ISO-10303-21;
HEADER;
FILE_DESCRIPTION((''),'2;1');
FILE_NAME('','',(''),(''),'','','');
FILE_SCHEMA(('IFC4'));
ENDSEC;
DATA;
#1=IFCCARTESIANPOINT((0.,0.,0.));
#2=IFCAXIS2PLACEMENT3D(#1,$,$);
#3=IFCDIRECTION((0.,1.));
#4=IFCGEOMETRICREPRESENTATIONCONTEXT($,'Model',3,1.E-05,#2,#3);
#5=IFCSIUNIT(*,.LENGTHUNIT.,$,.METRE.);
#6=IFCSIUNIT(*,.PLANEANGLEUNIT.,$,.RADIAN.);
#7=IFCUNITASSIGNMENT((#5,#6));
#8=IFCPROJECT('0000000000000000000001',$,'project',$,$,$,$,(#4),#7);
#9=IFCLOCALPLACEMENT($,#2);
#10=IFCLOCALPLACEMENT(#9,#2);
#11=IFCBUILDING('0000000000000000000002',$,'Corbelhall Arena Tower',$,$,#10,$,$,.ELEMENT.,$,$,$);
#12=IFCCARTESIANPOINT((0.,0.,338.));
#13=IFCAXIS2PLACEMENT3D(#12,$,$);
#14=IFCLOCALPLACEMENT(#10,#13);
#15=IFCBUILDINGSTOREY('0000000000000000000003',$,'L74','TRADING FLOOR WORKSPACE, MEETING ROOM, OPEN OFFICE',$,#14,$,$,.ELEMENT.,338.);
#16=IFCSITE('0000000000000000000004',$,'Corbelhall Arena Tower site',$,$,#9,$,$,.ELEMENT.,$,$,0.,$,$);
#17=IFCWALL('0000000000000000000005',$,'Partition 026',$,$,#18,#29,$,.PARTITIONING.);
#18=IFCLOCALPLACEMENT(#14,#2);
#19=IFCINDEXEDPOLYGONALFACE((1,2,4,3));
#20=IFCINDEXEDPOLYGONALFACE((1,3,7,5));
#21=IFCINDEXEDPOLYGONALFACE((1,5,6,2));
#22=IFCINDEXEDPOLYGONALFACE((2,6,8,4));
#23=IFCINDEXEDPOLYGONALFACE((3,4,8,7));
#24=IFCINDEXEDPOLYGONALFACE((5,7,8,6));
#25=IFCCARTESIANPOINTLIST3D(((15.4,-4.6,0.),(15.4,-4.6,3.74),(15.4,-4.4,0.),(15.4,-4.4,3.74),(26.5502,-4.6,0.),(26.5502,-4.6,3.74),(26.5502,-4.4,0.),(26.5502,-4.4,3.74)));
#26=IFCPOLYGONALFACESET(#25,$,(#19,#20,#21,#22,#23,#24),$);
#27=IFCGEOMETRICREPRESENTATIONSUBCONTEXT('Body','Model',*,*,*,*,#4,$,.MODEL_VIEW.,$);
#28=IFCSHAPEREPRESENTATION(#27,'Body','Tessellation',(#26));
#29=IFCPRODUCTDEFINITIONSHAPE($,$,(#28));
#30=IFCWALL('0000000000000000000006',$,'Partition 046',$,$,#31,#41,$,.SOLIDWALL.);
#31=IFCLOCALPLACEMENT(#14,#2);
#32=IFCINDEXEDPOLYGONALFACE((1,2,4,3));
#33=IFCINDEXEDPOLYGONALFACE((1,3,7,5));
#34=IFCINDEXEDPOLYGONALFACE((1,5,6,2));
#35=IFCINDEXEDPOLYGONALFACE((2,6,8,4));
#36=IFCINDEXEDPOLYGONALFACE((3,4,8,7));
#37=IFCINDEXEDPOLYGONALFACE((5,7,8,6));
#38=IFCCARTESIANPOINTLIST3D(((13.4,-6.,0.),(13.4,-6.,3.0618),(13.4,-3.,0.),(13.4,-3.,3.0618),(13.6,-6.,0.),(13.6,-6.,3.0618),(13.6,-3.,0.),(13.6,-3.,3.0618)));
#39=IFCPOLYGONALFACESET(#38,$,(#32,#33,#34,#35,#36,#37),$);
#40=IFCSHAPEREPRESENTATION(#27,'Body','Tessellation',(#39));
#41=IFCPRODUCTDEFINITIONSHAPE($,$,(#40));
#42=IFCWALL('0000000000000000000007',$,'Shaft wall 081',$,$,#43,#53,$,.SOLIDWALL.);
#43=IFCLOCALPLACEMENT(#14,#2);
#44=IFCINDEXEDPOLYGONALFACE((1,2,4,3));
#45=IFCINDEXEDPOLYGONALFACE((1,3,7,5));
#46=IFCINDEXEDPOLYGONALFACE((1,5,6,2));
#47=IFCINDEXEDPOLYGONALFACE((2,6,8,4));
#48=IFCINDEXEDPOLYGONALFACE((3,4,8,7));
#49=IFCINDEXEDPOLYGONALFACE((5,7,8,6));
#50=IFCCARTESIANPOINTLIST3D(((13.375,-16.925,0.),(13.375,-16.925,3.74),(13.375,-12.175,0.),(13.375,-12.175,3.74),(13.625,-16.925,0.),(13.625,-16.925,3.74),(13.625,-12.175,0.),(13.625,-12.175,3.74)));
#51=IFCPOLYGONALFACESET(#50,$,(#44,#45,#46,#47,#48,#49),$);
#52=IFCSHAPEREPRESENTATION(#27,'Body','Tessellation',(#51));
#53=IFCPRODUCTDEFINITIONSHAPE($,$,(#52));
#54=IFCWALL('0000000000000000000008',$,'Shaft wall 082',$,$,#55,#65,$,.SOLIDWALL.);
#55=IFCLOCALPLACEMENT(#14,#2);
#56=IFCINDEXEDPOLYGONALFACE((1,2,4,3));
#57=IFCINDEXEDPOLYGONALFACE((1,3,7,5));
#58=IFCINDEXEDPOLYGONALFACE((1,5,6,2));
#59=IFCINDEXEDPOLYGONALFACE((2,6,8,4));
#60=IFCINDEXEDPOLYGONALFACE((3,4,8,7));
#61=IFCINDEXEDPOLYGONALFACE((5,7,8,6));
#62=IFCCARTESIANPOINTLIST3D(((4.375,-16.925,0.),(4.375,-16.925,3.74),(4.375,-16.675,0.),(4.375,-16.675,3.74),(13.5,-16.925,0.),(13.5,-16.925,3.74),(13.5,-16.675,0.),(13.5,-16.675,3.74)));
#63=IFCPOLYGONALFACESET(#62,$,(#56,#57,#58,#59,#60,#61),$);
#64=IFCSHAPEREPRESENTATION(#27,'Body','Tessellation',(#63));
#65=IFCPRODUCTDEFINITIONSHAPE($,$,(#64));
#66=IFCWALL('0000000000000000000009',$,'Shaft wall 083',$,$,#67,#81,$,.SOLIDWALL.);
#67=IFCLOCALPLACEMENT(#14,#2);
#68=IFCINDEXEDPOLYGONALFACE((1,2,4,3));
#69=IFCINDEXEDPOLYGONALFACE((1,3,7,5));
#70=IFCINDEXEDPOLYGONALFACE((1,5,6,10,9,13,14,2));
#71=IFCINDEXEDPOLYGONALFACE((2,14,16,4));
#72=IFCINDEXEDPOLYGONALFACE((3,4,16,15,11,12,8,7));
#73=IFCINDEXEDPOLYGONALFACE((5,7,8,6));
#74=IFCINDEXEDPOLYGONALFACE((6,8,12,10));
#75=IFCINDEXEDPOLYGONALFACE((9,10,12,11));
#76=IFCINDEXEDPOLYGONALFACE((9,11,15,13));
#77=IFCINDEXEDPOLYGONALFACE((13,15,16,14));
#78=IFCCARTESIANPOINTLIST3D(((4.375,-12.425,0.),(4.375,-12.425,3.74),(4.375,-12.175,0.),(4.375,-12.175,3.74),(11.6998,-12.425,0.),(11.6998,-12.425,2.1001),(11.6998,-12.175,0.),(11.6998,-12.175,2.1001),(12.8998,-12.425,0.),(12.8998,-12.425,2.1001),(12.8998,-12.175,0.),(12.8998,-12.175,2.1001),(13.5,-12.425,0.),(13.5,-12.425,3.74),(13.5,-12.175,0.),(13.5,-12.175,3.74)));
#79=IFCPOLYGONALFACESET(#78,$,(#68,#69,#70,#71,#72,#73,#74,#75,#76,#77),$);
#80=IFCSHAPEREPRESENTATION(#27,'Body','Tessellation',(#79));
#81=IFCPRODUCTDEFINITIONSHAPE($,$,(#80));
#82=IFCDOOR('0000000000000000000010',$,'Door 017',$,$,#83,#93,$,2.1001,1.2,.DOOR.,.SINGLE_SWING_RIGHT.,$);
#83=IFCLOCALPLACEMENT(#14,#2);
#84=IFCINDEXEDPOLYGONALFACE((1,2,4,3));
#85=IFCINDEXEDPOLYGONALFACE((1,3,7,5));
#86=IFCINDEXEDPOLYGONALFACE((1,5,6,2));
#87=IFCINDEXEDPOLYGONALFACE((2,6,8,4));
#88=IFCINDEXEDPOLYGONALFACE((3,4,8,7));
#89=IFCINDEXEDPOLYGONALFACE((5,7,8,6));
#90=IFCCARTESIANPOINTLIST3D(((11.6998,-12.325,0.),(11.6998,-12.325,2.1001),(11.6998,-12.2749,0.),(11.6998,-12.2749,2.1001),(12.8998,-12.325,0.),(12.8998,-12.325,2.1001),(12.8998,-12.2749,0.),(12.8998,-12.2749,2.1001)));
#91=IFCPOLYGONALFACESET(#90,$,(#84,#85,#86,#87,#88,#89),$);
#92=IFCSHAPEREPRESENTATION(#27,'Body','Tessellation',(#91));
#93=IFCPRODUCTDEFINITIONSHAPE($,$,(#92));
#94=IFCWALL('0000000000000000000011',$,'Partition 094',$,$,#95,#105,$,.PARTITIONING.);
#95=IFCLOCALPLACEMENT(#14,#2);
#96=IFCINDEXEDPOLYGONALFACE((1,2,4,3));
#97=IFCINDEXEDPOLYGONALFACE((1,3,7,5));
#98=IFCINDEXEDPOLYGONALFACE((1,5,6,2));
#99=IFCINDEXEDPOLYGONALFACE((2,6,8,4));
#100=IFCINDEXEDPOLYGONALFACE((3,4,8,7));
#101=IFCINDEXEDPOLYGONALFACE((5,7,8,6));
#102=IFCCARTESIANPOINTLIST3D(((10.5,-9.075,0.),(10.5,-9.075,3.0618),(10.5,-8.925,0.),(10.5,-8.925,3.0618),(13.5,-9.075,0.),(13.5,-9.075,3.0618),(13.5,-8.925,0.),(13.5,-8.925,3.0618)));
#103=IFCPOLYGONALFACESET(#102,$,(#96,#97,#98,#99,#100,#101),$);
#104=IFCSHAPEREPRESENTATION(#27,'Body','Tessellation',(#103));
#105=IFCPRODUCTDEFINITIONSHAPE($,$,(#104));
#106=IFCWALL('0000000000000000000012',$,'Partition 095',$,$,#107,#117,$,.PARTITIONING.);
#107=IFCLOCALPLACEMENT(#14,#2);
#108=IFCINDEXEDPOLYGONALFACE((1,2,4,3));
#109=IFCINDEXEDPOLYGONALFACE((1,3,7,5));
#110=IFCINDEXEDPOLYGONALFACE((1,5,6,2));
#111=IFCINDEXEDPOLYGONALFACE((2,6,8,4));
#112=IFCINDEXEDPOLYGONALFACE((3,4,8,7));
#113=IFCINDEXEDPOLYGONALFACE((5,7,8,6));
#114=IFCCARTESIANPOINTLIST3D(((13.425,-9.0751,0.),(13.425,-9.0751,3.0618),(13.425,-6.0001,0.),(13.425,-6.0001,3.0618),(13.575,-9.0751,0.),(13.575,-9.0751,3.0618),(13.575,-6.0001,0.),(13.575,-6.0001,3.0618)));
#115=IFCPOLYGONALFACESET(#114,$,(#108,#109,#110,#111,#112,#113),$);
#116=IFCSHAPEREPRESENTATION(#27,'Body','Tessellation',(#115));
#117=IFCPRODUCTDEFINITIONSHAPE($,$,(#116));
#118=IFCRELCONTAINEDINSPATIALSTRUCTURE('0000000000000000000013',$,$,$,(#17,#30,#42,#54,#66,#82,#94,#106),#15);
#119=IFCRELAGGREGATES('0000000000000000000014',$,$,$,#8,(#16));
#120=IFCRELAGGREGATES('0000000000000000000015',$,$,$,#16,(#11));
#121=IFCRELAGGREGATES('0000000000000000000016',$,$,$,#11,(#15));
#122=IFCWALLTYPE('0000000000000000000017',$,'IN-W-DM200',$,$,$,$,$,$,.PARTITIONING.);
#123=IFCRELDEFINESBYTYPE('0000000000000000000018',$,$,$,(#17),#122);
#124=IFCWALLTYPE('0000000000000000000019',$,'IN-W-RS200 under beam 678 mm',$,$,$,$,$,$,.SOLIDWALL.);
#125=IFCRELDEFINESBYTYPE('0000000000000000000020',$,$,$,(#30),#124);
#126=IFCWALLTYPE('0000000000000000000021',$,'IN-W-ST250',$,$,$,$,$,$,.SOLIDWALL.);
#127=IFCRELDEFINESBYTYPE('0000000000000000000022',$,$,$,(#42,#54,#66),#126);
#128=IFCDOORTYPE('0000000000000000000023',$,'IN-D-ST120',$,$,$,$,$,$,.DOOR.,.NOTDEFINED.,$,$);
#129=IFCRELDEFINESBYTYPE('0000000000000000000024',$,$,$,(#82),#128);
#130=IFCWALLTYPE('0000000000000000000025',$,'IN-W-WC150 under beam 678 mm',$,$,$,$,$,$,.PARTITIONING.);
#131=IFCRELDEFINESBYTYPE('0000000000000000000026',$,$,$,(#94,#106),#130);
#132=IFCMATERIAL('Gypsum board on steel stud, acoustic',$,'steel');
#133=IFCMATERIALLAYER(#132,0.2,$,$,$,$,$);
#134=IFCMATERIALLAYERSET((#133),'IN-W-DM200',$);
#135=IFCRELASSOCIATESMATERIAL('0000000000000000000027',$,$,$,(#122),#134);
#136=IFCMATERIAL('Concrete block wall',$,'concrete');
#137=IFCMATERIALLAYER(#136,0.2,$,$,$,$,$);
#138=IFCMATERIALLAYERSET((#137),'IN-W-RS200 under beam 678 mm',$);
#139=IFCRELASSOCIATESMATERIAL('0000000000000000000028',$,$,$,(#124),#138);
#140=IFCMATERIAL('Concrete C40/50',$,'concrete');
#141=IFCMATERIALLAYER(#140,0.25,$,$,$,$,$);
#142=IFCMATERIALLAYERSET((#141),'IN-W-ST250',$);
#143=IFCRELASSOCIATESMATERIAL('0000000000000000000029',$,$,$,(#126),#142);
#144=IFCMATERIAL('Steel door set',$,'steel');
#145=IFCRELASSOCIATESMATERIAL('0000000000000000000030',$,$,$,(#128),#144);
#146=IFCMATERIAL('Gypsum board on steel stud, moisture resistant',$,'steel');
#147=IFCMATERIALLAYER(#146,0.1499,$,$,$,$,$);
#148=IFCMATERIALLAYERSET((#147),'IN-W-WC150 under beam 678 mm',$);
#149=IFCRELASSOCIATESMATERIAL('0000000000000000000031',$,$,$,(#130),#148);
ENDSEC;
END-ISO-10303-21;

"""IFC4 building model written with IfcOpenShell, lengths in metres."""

from ifc_helpers import new_model, si_unit, direction, frame, frame_2d, origin, place, context, subcontext, project, spatial, rectangle, extrude, material, layer, layer_set, type_object, element, fill, save


model = new_model("IFC4")

# Units and contexts
model_context = context("Model", 3, precision=1e-05, world=origin(), true_north=direction((0.0, 1.0)))
body_context = subcontext(model_context, "Body", "Model", "MODEL_VIEW")
ifc_project = project(units=[si_unit("LENGTHUNIT", "METRE"), si_unit("PLANEANGLEUNIT", "RADIAN")], contexts=[model_context])

# Site, building, storey
site_placement = place(None, origin())
site = spatial("IfcSite", under=ifc_project, at=site_placement, Name="Corbelhall Arena Tower site", CompositionType="ELEMENT", RefElevation=0.0)
building_placement = place(site_placement, origin())
building = spatial("IfcBuilding", under=site, at=building_placement, Name="Corbelhall Arena Tower", CompositionType="ELEMENT")
storey_placement = place(building_placement, frame((0.0, 0.0, 338.0)))
storey = spatial("IfcBuildingStorey", under=building, at=storey_placement, Name="L74", Description="TRADING FLOOR WORKSPACE, MEETING ROOM, OPEN OFFICE", CompositionType="ELEMENT", Elevation=338.0)

# Walls
ifc_material_1 = material(Name="Gypsum board on steel stud, acoustic", Category="steel")
ifc_layer_1 = layer(ifc_material_1, 0.2)
ifc_layer_set_1 = layer_set([ifc_layer_1], Name="IN-W-DM200")
wall_type_1 = type_object("IfcWallType", Name="IN-W-DM200", PredefinedType="PARTITIONING", material=ifc_layer_set_1)
for number, where, z_axis, x_axis, name in (
    (1, (15.3999, -4.5, 0.0), (0.0, 0.0, 1.0), (1.0, 0.0, 0.0), "Partition 026"),
):
    element("IfcWall", number, at=place(storey_placement, frame(where, z_axis=z_axis, x_axis=x_axis)), inside=storey, type_object=wall_type_1, Name=name, PredefinedType="PARTITIONING", context=body_context, shape_type="SweptSolid", body=[
        extrude(rectangle(XDim=11.1501, YDim=0.2, at=frame_2d((5.5752, 0.0))), origin(), (0.0, 0.0, 1.0), 3.74),
    ])
ifc_material_2 = material(Name="Concrete block wall", Category="concrete")
ifc_layer_2 = layer(ifc_material_2, 0.2)
ifc_layer_set_2 = layer_set([ifc_layer_2], Name="IN-W-RS200 under beam 678 mm")
wall_type_2 = type_object("IfcWallType", Name="IN-W-RS200 under beam 678 mm", PredefinedType="SOLIDWALL", material=ifc_layer_set_2)
wall_1_placement = place(storey_placement, frame((13.5, -3.0, 0.0), z_axis=(0.0, 0.0, 1.0), x_axis=(0.0, -1.0, 0.0)))
element("IfcWall", 2, at=wall_1_placement, inside=storey, type_object=wall_type_2, Name="Partition 046", PredefinedType="SOLIDWALL", context=body_context, shape_type="SweptSolid", body=[
    extrude(rectangle(XDim=3.0, YDim=0.2, at=frame_2d((1.5, 0.0))), origin(), (0.0, 0.0, 1.0), 3.0618),
])
ifc_material_3 = material(Name="Concrete C40/50", Category="concrete")
ifc_layer_3 = layer(ifc_material_3, 0.25)
ifc_layer_set_3 = layer_set([ifc_layer_3], Name="IN-W-ST250")
wall_type_3 = type_object("IfcWallType", Name="IN-W-ST250", PredefinedType="SOLIDWALL", material=ifc_layer_set_3)
wall_2_placement = place(storey_placement, frame((13.5, -16.925, 0.0), z_axis=(0.0, 0.0, 1.0), x_axis=(0.0, 1.0, 0.0)))
element("IfcWall", 3, at=wall_2_placement, inside=storey, type_object=wall_type_3, Name="Shaft wall 081", PredefinedType="SOLIDWALL", context=body_context, shape_type="SweptSolid", body=[
    extrude(rectangle(XDim=4.75, YDim=0.25, at=frame_2d((2.375, 0.0))), origin(), (0.0, 0.0, 1.0), 3.74),
])
wall_3_placement = place(storey_placement, frame((13.5, -16.8, 0.0), z_axis=(0.0, 0.0, 1.0), x_axis=(-1.0, 0.0, 0.0)))
element("IfcWall", 4, at=wall_3_placement, inside=storey, type_object=wall_type_3, Name="Shaft wall 082", PredefinedType="SOLIDWALL", context=body_context, shape_type="SweptSolid", body=[
    extrude(rectangle(XDim=9.125, YDim=0.25, at=frame_2d((4.5625, 0.0))), origin(), (0.0, 0.0, 1.0), 3.74),
])

# Wall, opening, door
wall_4_placement = place(storey_placement, frame((13.5, -12.3, 0.0), z_axis=(0.0, 0.0, 1.0), x_axis=(-1.0, 0.0, 0.0)))
wall_4 = element("IfcWall", 5, at=wall_4_placement, inside=storey, type_object=wall_type_3, Name="Shaft wall 083", PredefinedType="SOLIDWALL", context=body_context, shape_type="SweptSolid", body=[
    extrude(rectangle(XDim=9.125, YDim=0.25, at=frame_2d((4.5625, 0.0))), origin(), (0.0, 0.0, 1.0), 3.74),
])
opening_1_placement = place(wall_4_placement, frame((0.6001, 0.0, 0.0)))
opening_1 = element("IfcOpeningElement", 6, at=opening_1_placement, cuts=wall_4, PredefinedType="OPENING", context=body_context, shape_type="SweptSolid", body=[
    extrude(rectangle(XDim=1.2, YDim=2.1001, at=frame_2d((0.6001, 1.05))), frame((0.0, 0.125, 0.0), z_axis=(0.0, -1.0, 0.0), x_axis=(1.0, 0.0, 0.0)), (0.0, 0.0, 1.0), 0.25),
])
ifc_material_4 = material(Name="Steel door set", Category="steel")
door_type = type_object("IfcDoorType", Name="IN-D-ST120", OperationType="NOTDEFINED", PredefinedType="DOOR", material=ifc_material_4)
door_placement = place(opening_1_placement, origin())
door = element("IfcDoor", 7, at=door_placement, inside=storey, type_object=door_type, Name="Door 017", OperationType="SINGLE_SWING_RIGHT", OverallHeight=2.1001, OverallWidth=1.2, PredefinedType="DOOR", context=body_context, shape_type="SweptSolid", body=[
    extrude(rectangle(XDim=1.2, YDim=2.1001, at=frame_2d((0.6001, 1.05))), frame((0.0, 0.0249, 0.0), z_axis=(0.0, -1.0, 0.0), x_axis=(1.0, 0.0, 0.0)), (0.0, 0.0, 1.0), 0.05),
])
fill(opening_1, door)

# Walls
ifc_material_5 = material(Name="Gypsum board on steel stud, moisture resistant", Category="steel")
ifc_layer_4 = layer(ifc_material_5, 0.1499)
ifc_layer_set_4 = layer_set([ifc_layer_4], Name="IN-W-WC150 under beam 678 mm")
wall_type_4 = type_object("IfcWallType", Name="IN-W-WC150 under beam 678 mm", PredefinedType="PARTITIONING", material=ifc_layer_set_4)
wall_5_placement = place(storey_placement, frame((13.5, -9.0, 0.0), z_axis=(0.0, 0.0, 1.0), x_axis=(-1.0, 0.0, 0.0)))
element("IfcWall", 8, at=wall_5_placement, inside=storey, type_object=wall_type_4, Name="Partition 094", PredefinedType="PARTITIONING", context=body_context, shape_type="SweptSolid", body=[
    extrude(rectangle(XDim=3.0, YDim=0.1499, at=frame_2d((1.5, 0.0))), origin(), (0.0, 0.0, 1.0), 3.0618),
])
wall_6_placement = place(storey_placement, frame((13.5, -6.0, 0.0), z_axis=(0.0, 0.0, 1.0), x_axis=(0.0, -1.0, 0.0)))
element("IfcWall", 9, at=wall_6_placement, inside=storey, type_object=wall_type_4, Name="Partition 095", PredefinedType="PARTITIONING", context=body_context, shape_type="SweptSolid", body=[
    extrude(rectangle(XDim=3.075, YDim=0.1499, at=frame_2d((1.5376, 0.0))), origin(), (0.0, 0.0, 1.0), 3.0618),
])

save(model, "model.ifc")
